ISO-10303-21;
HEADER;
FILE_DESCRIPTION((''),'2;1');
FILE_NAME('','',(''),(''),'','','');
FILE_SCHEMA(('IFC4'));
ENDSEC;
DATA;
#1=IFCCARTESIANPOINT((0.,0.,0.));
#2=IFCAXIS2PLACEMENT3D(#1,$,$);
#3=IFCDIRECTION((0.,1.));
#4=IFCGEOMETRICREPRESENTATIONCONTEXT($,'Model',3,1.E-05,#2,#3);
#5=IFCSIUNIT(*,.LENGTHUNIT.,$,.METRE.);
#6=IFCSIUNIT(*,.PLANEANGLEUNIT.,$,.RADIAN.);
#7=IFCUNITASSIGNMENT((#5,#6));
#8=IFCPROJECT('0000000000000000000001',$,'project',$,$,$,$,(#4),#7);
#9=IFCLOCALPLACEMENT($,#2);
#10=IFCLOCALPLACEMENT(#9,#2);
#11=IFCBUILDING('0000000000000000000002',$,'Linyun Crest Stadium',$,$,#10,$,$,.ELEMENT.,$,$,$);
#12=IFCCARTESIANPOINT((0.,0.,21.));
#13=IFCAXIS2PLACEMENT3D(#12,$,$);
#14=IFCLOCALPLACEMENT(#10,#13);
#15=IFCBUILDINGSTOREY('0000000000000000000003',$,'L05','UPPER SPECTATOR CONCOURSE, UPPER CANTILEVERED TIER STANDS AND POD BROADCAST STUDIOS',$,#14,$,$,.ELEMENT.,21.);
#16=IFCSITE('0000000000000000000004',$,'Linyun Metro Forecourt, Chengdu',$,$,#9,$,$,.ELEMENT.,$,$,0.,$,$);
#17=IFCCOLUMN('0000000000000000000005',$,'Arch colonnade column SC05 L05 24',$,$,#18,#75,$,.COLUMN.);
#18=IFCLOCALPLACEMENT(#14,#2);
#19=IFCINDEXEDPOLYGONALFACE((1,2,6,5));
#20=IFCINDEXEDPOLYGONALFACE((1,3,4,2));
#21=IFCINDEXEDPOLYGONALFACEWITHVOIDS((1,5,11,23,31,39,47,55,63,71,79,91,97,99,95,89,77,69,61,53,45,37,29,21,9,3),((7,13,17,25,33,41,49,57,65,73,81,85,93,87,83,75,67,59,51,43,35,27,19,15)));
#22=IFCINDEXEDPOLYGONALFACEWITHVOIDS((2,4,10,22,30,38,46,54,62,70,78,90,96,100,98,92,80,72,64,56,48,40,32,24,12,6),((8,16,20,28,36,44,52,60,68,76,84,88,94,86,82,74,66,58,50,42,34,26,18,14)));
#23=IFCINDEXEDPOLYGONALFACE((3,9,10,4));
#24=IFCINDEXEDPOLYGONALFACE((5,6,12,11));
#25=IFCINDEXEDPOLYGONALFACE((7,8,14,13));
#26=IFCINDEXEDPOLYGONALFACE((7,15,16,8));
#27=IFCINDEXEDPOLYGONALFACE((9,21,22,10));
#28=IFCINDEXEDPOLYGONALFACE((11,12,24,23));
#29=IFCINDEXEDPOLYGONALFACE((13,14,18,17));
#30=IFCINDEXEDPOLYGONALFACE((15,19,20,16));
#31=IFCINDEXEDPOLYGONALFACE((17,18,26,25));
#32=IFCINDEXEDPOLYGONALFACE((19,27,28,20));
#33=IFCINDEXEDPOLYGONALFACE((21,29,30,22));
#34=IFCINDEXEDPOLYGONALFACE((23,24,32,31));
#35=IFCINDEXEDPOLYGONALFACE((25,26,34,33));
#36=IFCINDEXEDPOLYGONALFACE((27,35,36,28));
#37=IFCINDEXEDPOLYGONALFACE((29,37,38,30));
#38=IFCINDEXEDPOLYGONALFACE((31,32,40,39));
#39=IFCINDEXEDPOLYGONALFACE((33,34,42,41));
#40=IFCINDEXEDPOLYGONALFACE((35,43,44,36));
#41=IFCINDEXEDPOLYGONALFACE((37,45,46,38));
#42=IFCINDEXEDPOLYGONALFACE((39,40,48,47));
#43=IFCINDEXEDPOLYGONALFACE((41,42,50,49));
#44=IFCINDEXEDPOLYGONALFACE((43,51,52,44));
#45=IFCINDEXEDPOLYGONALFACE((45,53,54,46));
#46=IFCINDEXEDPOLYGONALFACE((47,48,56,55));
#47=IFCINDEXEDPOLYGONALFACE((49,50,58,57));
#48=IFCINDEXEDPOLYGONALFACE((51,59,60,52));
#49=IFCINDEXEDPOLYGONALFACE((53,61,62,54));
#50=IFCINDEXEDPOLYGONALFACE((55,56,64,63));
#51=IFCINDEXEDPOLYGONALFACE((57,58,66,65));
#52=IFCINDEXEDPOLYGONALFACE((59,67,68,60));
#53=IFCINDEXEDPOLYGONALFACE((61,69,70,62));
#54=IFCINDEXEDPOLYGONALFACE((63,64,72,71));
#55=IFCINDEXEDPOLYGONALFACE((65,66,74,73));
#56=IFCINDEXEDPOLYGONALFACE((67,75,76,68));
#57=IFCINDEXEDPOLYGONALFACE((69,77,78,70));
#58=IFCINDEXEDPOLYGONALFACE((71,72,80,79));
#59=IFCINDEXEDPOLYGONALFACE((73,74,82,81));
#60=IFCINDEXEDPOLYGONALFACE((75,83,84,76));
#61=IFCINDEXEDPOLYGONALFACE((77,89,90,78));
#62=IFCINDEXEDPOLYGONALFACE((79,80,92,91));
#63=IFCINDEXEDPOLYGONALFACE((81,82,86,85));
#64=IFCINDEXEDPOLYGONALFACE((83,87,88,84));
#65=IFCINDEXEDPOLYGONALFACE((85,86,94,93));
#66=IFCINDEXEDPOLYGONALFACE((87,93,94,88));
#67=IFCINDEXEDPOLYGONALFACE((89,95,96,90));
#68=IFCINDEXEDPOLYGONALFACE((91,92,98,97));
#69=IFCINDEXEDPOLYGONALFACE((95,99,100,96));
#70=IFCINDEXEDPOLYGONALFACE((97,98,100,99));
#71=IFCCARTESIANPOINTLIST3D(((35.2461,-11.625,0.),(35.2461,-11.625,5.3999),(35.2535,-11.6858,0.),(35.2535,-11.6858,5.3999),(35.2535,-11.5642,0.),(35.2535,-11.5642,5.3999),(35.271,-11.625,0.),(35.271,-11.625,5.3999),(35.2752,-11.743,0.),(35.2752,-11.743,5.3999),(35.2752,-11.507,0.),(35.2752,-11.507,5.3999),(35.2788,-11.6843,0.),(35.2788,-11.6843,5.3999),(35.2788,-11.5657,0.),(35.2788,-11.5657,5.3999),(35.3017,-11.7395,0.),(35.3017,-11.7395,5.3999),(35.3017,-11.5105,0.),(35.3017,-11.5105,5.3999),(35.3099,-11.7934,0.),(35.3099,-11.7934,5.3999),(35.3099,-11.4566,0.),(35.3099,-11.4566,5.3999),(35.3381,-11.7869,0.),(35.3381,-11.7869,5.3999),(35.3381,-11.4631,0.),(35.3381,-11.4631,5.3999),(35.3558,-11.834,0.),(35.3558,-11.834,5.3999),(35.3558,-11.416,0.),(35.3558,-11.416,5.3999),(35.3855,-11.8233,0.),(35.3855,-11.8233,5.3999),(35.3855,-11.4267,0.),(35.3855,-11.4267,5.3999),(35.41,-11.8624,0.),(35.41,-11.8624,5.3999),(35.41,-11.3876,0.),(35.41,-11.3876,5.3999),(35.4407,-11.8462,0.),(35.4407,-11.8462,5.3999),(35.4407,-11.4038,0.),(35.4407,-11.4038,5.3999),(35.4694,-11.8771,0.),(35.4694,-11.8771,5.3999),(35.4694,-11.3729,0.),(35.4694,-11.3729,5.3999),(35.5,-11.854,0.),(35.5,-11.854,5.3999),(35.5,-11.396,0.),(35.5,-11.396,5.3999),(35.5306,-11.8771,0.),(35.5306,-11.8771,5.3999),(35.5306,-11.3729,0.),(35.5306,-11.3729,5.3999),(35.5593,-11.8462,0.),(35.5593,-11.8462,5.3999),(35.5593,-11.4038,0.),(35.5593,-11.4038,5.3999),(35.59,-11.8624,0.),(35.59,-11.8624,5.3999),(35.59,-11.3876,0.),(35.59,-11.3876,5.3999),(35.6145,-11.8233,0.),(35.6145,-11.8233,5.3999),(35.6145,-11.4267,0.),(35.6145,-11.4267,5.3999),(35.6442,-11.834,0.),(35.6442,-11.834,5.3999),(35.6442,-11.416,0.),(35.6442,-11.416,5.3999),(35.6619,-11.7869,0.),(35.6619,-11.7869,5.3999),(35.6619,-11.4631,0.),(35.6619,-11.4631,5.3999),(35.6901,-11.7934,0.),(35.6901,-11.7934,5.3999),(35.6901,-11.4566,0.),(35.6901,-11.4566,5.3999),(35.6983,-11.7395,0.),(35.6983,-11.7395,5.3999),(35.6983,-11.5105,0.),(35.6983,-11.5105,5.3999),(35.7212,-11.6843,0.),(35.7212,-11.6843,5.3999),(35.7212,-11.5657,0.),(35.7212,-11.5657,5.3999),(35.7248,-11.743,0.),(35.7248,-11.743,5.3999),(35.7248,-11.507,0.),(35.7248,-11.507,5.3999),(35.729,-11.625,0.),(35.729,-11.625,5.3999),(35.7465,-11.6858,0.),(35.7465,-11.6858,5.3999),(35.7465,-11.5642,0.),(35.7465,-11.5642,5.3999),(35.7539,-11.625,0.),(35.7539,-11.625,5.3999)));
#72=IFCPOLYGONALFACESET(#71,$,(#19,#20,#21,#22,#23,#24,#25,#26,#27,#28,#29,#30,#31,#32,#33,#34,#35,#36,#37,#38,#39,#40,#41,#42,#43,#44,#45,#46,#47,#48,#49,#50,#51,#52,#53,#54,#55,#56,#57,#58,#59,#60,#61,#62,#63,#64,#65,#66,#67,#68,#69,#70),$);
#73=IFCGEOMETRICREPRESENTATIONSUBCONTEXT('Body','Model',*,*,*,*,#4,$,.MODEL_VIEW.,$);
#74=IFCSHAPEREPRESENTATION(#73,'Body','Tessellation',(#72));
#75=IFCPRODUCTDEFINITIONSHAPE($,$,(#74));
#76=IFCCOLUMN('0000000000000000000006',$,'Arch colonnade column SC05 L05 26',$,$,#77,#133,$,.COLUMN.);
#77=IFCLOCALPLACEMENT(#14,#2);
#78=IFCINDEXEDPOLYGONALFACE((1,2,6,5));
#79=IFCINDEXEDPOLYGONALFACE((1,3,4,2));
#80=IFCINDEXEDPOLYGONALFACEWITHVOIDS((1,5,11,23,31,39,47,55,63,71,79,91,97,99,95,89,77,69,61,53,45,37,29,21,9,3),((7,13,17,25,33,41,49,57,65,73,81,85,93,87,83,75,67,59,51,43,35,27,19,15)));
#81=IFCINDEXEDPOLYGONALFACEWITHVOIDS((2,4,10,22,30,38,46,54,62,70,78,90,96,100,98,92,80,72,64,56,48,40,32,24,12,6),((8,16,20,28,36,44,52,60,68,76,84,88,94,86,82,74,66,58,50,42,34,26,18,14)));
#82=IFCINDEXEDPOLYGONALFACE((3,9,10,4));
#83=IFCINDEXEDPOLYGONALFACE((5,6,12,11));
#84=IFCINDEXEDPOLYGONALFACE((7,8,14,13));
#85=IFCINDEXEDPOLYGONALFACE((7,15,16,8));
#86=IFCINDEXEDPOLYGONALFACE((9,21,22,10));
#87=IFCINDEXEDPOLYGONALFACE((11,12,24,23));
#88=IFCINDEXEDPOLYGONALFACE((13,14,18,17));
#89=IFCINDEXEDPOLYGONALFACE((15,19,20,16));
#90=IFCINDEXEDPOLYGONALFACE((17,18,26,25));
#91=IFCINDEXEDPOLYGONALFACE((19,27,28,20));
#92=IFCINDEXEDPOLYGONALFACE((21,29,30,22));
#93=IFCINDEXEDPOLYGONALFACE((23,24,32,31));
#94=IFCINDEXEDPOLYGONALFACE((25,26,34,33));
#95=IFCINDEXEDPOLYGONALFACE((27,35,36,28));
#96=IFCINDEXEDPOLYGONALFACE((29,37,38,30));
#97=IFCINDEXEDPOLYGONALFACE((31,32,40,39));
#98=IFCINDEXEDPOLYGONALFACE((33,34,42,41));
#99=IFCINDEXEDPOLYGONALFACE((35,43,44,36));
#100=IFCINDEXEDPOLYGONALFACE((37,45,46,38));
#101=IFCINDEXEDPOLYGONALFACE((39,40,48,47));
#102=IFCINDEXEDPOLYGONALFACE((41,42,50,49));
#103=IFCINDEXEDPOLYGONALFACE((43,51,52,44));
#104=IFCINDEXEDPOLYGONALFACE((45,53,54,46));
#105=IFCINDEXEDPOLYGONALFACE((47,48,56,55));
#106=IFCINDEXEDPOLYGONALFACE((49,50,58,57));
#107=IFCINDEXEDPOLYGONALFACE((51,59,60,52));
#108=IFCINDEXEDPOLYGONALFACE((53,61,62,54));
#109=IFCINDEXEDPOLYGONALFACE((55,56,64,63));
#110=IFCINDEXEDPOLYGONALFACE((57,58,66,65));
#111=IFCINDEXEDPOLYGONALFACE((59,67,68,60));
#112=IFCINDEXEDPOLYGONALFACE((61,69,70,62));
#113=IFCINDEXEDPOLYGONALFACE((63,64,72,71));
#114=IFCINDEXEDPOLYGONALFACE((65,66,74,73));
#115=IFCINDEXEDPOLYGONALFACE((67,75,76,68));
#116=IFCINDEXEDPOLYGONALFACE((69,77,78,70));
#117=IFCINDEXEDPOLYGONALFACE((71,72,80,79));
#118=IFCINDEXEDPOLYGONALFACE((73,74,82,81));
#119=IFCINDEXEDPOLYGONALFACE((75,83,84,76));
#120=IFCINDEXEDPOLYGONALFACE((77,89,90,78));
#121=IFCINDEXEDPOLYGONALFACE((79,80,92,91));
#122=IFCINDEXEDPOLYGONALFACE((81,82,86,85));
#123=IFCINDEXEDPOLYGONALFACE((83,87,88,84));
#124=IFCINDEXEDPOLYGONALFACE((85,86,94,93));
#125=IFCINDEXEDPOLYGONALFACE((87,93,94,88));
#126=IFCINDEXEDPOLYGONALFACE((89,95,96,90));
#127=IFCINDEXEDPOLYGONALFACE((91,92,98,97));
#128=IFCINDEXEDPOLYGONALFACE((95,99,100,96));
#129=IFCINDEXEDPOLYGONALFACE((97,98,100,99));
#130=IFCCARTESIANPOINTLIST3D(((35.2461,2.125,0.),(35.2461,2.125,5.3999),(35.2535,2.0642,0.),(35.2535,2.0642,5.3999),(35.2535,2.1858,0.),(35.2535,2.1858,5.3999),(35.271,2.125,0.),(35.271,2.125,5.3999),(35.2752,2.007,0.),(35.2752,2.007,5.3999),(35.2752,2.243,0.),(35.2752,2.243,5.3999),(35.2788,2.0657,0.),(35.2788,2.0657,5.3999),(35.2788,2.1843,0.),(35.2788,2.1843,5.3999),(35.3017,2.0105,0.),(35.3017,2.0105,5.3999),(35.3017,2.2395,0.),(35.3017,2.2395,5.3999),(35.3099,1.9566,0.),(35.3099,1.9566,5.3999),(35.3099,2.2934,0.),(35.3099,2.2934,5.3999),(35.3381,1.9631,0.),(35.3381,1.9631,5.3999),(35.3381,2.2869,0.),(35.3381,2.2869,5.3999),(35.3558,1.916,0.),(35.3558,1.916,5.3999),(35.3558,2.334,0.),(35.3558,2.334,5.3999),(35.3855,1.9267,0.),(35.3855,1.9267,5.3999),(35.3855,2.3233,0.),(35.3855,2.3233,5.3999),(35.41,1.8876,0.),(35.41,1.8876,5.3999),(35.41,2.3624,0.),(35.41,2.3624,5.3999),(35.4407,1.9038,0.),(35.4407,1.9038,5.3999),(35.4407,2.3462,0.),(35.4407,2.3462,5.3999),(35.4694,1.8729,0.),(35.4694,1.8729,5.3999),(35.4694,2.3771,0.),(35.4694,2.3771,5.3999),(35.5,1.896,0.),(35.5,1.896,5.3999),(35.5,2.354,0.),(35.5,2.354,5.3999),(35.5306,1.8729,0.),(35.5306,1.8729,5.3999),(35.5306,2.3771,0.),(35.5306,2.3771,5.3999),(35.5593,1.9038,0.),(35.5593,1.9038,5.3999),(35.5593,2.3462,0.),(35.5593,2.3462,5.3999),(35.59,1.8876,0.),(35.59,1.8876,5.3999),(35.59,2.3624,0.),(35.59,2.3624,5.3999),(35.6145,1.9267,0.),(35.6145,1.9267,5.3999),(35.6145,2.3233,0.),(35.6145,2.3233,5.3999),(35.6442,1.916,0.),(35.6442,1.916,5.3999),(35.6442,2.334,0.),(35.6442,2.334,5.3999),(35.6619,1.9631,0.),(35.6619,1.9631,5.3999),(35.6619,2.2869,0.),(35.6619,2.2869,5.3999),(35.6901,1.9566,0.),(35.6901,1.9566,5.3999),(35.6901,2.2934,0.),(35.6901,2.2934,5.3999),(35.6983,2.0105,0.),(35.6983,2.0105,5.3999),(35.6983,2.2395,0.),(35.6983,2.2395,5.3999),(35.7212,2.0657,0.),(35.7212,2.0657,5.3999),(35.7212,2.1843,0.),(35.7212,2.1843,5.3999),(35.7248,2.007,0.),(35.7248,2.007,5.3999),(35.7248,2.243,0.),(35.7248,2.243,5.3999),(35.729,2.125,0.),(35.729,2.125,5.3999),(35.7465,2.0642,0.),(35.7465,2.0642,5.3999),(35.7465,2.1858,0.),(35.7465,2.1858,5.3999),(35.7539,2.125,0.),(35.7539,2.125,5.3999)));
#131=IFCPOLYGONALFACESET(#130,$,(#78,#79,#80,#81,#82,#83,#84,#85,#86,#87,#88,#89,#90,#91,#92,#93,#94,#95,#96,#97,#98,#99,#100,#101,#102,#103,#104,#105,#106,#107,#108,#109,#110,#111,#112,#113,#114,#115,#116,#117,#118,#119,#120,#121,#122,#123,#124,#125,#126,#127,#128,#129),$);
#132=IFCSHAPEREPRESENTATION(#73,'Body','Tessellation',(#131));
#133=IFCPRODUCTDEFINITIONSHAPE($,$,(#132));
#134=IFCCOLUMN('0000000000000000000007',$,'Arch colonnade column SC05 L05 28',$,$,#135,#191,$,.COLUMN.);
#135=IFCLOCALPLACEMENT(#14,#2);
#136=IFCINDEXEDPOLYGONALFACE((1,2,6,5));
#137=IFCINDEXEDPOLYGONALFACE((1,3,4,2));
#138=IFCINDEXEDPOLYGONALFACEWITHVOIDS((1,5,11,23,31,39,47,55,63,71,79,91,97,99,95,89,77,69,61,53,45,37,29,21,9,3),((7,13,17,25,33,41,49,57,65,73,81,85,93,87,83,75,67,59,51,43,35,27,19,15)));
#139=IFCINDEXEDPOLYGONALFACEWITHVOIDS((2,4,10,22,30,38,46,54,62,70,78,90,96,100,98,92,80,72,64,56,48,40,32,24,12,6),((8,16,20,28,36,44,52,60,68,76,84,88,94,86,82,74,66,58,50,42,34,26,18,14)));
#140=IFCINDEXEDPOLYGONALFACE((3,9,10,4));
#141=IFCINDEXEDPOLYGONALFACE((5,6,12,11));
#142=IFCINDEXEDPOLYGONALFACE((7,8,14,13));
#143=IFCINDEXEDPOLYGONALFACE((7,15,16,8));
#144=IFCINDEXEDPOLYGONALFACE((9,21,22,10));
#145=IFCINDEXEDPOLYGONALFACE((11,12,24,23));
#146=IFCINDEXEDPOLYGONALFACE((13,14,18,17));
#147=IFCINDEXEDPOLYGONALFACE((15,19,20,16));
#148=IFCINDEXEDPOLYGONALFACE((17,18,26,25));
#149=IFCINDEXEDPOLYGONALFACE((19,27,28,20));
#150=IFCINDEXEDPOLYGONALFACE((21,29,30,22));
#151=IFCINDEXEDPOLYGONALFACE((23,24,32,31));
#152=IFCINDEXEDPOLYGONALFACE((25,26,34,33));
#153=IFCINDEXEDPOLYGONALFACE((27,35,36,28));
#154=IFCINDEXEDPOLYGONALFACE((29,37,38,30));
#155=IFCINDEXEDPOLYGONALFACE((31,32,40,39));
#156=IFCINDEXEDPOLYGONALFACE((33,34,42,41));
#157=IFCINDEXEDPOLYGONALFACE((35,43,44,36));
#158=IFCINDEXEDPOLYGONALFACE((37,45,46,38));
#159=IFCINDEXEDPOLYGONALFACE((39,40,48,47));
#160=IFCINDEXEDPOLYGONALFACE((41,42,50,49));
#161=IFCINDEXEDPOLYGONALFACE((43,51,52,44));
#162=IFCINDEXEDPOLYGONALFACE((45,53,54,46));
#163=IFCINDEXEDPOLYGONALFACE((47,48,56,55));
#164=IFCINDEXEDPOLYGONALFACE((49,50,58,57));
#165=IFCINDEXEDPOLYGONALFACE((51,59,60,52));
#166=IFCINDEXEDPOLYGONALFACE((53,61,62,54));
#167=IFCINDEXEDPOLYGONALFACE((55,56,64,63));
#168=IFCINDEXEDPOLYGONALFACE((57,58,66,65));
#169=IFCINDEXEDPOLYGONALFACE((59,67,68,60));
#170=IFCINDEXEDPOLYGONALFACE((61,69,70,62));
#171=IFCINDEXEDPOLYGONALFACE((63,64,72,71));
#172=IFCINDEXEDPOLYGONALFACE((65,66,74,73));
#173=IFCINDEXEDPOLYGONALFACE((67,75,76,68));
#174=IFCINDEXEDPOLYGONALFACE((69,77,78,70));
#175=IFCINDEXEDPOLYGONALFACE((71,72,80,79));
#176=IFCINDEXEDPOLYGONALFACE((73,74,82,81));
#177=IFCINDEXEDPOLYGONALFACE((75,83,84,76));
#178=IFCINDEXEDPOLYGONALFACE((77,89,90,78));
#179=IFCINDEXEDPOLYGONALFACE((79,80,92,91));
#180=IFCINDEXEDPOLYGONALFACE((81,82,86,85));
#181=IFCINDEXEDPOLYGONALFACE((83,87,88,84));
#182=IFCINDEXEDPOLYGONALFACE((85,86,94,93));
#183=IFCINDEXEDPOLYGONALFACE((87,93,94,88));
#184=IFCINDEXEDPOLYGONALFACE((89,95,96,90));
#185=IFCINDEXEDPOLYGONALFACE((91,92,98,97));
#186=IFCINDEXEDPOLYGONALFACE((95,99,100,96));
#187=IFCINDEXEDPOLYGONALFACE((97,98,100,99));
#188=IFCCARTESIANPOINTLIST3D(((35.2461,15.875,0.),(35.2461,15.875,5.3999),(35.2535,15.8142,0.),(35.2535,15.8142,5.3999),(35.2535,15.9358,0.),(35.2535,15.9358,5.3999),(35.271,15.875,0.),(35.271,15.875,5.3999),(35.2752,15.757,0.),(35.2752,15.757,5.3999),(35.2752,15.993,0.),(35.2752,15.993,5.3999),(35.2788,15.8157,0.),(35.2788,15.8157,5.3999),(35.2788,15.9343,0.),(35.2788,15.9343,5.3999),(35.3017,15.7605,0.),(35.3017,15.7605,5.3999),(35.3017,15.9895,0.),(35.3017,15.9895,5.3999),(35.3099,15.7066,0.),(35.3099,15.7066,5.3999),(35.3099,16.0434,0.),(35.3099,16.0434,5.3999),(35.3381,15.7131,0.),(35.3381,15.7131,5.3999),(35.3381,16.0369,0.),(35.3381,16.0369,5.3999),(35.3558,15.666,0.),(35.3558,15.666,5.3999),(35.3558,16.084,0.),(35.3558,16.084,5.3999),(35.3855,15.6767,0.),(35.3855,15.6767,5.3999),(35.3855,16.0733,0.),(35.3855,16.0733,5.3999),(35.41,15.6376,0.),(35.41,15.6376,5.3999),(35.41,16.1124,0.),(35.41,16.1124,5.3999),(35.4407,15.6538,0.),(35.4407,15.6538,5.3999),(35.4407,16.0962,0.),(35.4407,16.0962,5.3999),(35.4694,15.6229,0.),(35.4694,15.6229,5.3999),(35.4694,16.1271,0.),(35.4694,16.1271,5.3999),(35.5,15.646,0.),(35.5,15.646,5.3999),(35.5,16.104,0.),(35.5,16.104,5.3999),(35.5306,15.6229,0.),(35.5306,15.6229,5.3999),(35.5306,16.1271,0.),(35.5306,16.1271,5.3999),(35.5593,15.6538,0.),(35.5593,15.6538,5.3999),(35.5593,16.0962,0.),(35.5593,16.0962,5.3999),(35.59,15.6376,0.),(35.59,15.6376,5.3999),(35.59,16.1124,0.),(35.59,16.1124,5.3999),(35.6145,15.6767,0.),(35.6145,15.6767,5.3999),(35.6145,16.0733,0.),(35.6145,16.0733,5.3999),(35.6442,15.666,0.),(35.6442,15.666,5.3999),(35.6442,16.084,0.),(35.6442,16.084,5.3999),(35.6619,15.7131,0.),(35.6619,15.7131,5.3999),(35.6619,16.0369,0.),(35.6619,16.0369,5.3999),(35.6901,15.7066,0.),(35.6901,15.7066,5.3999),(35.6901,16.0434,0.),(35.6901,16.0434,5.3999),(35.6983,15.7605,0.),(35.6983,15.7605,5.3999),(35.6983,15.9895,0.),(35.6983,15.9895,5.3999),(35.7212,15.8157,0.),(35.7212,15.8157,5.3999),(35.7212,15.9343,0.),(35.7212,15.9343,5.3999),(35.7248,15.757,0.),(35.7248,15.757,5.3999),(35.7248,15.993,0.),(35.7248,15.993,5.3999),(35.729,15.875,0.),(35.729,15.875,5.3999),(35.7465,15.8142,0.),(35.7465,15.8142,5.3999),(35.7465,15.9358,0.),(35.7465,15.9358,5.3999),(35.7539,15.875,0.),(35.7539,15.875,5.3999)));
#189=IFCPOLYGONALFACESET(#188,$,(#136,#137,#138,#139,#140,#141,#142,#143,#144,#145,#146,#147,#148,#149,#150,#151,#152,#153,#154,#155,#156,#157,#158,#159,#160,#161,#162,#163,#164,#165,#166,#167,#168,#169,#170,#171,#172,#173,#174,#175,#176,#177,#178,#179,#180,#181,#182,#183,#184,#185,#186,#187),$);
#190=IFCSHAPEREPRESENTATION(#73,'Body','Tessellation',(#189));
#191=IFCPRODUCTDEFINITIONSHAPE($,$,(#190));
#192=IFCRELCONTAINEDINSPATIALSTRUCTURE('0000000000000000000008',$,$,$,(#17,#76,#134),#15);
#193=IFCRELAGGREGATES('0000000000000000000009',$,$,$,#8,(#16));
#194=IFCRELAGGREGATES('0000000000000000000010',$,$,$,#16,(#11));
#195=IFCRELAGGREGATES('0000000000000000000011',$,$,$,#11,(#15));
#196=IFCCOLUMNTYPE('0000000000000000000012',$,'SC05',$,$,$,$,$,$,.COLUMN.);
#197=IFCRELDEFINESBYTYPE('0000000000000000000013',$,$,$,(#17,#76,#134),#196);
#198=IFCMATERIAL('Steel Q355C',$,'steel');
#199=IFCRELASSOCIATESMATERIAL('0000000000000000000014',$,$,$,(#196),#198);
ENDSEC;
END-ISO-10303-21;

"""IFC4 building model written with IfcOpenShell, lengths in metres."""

from ifc_helpers import new_model, si_unit, direction, frame, origin, origin_2d, place, context, subcontext, project, spatial, hollow_circle, extrude, material, material_profile, profile_set, type_object, element, save


model = new_model("IFC4")

# Units and contexts
model_context = context("Model", 3, precision=1e-05, world=origin(), true_north=direction((0.0, 1.0)))
body_context = subcontext(model_context, "Body", "Model", "MODEL_VIEW")
ifc_project = project(units=[si_unit("LENGTHUNIT", "METRE"), si_unit("PLANEANGLEUNIT", "RADIAN")], contexts=[model_context])

# Site, building, storey
site_placement = place(None, origin())
site = spatial("IfcSite", under=ifc_project, at=site_placement, Name="Linyun Metro Forecourt, Chengdu", CompositionType="ELEMENT", RefElevation=0.0)
building_placement = place(site_placement, origin())
building = spatial("IfcBuilding", under=site, at=building_placement, Name="Linyun Crest Stadium", CompositionType="ELEMENT")
storey_placement = place(building_placement, frame((0.0, 0.0, 21.0)))
storey = spatial("IfcBuildingStorey", under=building, at=storey_placement, Name="L05", Description="UPPER SPECTATOR CONCOURSE, UPPER CANTILEVERED TIER STANDS AND POD BROADCAST STUDIOS", CompositionType="ELEMENT", Elevation=21.0)

# Columns
ifc_material_1 = material(Name="Steel Q355C", Category="steel")
ifc_material_profile_1 = material_profile(ifc_material_1, hollow_circle(Radius=0.2539, WallThickness=0.0249, at=origin_2d()), Name="CHS 508x25")
ifc_profile_set_1 = profile_set([ifc_material_profile_1], Name="Steel Q355C")
column_type = type_object("IfcColumnType", Name="SC05", PredefinedType="COLUMN", material=ifc_profile_set_1)
for number, where, z_axis, x_axis, name in (
    (1, (35.5, -11.625, 0.0), (0.0, 0.0, 1.0), (1.0, 0.0, 0.0), "Arch colonnade column SC05 L05 24"),
    (2, (35.5, 2.125, 0.0), (0.0, 0.0, 1.0), (1.0, 0.0, 0.0), "Arch colonnade column SC05 L05 26"),
    (3, (35.5, 15.875, 0.0), (0.0, 0.0, 1.0), (1.0, 0.0, 0.0), "Arch colonnade column SC05 L05 28"),
):
    element("IfcColumn", number, at=place(storey_placement, frame(where, z_axis=z_axis, x_axis=x_axis)), inside=storey, type_object=column_type, Name=name, PredefinedType="COLUMN", context=body_context, shape_type="SweptSolid", body=[
        extrude(hollow_circle(Radius=0.2539, WallThickness=0.0249, at=origin_2d()), origin(), (0.0, 0.0, 1.0), 5.3999),
    ])

save(model, "model.ifc")
